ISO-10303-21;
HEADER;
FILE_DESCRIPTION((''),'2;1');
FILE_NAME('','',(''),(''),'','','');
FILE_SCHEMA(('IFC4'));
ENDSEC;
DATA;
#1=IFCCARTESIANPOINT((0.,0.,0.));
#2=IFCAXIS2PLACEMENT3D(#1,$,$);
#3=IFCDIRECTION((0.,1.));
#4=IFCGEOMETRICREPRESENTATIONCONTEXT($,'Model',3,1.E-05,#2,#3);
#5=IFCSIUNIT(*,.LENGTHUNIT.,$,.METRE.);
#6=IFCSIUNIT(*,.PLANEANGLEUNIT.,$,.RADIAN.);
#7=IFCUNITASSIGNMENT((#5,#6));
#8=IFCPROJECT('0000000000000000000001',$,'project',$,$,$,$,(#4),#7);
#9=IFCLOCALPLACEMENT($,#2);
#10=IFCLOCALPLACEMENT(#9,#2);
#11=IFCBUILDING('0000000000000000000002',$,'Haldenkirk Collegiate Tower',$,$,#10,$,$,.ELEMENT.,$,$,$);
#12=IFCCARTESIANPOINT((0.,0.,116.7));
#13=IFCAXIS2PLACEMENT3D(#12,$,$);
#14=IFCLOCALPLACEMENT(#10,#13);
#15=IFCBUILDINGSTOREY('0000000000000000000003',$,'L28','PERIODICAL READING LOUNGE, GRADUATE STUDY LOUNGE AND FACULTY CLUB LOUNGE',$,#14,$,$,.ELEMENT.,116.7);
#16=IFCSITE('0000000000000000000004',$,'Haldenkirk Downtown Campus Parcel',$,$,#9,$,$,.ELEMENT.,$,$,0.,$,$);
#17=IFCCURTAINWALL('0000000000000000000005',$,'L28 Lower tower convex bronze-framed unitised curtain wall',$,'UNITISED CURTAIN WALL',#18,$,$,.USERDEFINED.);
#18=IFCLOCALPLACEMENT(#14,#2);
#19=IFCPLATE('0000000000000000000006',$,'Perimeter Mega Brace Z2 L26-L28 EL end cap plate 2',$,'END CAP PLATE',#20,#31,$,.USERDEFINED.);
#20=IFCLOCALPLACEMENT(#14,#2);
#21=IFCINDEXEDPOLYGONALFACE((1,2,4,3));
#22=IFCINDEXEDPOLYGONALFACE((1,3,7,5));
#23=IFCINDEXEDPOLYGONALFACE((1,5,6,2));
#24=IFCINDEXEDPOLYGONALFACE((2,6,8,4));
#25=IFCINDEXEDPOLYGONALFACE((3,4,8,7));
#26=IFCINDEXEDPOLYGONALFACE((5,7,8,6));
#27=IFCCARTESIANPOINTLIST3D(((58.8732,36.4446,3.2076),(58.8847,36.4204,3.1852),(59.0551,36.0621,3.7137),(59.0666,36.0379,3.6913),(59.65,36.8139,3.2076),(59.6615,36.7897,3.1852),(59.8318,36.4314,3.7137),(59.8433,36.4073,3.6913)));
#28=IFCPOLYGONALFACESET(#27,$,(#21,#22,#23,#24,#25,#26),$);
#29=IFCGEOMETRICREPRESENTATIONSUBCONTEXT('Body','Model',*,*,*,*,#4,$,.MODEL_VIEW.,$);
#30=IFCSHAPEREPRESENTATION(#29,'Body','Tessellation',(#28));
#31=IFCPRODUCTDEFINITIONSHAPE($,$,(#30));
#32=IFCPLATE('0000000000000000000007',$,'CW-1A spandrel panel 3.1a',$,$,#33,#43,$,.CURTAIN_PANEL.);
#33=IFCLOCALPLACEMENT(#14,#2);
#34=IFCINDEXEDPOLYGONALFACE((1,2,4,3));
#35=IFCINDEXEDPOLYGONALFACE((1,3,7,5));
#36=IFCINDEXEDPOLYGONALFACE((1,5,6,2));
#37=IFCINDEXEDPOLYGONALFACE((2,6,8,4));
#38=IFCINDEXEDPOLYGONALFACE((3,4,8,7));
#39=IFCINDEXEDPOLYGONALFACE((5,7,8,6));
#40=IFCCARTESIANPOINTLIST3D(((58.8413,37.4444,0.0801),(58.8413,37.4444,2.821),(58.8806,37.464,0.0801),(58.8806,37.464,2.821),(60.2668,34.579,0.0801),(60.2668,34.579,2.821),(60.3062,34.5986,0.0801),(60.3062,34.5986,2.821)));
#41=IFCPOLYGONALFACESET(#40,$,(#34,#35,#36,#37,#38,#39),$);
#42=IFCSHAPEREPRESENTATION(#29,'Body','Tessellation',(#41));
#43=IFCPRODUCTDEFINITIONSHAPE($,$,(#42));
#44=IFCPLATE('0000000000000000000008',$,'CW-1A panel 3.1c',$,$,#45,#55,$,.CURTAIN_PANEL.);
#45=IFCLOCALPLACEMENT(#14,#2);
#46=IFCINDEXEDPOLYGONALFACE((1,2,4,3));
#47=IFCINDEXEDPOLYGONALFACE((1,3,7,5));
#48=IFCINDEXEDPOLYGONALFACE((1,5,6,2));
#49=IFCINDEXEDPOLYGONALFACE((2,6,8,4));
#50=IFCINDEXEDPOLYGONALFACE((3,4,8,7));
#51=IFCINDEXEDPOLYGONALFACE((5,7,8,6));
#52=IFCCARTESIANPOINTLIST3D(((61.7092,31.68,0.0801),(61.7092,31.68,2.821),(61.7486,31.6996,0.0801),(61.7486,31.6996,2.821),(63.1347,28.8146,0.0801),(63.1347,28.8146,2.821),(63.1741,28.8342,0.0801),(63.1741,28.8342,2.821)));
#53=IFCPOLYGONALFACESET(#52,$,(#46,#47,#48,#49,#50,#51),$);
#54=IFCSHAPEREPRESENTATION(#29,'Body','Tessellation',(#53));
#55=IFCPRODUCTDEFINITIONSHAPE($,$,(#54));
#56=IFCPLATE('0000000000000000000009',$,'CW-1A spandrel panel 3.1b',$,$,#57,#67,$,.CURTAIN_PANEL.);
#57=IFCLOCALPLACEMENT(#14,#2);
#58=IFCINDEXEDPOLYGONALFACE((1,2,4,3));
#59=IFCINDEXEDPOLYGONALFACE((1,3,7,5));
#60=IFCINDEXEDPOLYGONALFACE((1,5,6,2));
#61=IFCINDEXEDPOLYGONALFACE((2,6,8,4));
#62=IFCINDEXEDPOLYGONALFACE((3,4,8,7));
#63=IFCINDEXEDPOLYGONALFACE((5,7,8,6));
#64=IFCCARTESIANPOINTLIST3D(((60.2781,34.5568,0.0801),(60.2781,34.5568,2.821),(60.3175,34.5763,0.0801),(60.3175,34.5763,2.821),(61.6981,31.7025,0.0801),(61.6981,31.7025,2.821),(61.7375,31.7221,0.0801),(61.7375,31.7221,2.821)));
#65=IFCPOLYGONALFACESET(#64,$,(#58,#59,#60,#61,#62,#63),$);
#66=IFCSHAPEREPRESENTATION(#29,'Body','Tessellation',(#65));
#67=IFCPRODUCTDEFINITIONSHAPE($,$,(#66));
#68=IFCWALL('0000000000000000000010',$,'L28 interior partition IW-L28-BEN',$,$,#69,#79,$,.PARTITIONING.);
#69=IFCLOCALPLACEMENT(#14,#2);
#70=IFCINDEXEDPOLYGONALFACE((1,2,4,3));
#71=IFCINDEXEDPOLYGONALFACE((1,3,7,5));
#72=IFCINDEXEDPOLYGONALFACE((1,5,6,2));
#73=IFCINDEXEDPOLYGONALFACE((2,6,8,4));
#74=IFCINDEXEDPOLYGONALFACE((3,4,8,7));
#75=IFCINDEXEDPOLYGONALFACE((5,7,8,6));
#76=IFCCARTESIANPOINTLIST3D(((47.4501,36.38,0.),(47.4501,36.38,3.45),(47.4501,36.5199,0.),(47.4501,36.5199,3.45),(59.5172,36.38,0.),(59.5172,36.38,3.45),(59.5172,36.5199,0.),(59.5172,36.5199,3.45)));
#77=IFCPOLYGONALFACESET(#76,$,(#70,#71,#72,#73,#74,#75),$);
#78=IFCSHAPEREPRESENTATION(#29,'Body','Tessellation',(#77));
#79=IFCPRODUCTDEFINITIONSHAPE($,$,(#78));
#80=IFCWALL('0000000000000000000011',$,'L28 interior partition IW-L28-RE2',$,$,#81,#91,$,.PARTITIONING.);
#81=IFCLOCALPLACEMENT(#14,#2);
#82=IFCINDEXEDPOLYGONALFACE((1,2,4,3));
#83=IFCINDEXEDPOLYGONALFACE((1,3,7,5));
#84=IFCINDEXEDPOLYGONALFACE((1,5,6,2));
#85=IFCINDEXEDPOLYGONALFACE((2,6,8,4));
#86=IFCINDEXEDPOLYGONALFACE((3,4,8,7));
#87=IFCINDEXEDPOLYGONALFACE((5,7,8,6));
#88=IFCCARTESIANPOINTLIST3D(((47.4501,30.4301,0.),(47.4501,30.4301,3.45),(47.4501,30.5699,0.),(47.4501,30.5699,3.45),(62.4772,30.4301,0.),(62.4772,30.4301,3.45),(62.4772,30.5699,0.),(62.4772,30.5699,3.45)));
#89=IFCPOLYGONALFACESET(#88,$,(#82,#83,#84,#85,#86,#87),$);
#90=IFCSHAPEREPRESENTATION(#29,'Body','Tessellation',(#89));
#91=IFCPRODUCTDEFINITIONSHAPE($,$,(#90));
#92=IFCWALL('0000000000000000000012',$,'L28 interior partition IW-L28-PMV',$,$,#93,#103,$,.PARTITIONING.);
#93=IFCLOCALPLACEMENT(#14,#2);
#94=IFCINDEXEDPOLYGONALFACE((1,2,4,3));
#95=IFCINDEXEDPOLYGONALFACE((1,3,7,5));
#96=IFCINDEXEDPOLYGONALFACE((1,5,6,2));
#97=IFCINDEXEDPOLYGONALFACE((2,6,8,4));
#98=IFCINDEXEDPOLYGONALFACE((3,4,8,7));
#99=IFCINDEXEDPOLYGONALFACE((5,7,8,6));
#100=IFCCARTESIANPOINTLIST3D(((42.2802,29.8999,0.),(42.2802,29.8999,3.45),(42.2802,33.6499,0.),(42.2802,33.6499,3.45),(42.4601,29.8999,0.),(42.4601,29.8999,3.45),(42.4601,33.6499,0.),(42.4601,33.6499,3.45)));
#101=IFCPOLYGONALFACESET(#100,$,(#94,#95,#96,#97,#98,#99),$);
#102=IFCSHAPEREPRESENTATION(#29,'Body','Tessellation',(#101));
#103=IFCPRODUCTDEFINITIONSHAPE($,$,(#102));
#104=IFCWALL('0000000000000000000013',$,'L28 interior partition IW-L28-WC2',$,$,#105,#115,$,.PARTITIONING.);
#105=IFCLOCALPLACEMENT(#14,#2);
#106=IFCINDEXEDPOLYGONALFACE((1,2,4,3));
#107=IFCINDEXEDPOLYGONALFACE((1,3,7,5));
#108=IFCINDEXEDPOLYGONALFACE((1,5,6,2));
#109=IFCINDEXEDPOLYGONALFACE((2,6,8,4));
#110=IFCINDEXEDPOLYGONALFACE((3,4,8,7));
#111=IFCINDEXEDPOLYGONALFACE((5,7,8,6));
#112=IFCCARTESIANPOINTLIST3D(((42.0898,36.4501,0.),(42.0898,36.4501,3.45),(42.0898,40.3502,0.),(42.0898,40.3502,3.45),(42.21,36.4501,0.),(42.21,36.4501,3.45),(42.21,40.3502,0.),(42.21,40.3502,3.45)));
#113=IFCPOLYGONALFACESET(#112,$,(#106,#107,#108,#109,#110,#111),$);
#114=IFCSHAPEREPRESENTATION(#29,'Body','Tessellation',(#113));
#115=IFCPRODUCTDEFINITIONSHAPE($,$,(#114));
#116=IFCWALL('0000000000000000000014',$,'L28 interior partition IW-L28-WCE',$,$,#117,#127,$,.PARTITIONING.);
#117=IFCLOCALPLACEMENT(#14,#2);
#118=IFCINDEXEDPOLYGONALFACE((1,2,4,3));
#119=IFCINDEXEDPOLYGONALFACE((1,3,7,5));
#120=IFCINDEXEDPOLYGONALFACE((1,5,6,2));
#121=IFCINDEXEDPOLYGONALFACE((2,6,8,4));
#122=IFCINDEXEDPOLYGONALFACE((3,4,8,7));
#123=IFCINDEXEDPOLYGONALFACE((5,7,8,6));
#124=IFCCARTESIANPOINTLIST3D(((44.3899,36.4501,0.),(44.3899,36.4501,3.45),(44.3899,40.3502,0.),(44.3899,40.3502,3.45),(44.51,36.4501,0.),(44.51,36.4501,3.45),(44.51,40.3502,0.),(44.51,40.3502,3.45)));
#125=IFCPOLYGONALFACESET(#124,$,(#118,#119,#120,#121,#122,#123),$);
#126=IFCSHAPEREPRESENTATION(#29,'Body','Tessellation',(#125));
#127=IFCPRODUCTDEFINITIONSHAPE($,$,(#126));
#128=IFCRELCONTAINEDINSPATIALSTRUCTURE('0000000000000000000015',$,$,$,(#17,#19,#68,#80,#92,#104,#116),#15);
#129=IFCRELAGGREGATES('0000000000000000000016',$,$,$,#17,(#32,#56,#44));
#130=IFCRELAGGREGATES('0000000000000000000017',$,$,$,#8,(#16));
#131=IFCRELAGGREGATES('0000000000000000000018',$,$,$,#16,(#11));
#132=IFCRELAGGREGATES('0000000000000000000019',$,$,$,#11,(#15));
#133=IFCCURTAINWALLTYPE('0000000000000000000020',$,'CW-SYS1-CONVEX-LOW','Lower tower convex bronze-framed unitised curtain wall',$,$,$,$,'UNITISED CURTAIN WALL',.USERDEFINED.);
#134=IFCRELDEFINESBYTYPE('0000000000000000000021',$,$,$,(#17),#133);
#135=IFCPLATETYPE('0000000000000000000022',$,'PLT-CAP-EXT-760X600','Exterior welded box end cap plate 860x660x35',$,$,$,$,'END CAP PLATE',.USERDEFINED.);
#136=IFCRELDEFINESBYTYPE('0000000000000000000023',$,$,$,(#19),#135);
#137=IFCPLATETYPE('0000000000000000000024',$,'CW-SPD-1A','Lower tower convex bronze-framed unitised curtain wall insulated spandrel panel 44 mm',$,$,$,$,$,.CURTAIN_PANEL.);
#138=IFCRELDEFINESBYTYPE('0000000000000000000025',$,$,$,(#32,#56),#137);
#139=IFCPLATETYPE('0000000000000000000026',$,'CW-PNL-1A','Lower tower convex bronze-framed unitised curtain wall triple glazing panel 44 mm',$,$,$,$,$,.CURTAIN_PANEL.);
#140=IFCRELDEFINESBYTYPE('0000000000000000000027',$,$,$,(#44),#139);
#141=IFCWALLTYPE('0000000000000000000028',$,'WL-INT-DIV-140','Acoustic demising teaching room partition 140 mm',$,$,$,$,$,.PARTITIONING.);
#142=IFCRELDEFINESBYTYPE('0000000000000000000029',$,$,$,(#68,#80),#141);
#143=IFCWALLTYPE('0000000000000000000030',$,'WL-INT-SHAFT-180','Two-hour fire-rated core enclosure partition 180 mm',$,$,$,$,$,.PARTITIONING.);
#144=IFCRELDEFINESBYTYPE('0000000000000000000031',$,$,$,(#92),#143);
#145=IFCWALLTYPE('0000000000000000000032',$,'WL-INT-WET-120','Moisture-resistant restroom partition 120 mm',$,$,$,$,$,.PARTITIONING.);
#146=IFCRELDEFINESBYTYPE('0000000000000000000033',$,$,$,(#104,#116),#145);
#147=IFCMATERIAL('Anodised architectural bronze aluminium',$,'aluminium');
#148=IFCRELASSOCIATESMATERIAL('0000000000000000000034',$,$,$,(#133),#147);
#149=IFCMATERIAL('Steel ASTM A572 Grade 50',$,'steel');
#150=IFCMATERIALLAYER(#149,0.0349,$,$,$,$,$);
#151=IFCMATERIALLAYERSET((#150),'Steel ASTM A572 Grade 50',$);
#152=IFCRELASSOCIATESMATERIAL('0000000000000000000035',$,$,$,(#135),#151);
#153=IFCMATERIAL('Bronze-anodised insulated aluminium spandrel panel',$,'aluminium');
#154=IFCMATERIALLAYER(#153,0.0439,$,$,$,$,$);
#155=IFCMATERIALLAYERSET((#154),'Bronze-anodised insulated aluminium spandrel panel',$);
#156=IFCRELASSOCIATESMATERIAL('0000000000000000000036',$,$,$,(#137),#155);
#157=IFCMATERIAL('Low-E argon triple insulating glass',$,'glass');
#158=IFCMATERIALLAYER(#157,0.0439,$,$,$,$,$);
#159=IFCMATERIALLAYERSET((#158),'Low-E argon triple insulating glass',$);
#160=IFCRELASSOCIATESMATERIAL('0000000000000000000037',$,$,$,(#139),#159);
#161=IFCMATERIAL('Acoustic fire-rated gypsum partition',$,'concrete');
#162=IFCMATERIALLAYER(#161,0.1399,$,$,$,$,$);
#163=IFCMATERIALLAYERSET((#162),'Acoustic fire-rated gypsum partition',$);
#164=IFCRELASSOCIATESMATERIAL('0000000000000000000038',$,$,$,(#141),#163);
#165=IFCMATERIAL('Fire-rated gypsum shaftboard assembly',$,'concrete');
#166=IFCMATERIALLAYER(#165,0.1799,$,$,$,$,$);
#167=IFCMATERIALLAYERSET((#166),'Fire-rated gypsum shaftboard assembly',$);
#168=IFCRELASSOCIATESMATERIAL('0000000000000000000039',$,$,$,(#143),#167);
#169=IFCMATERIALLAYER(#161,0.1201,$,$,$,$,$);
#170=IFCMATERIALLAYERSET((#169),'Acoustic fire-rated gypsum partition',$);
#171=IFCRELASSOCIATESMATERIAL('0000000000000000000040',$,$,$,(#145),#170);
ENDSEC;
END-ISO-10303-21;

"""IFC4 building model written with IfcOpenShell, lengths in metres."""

from ifc_helpers import new_model, si_unit, direction, frame, frame_2d, origin, origin_2d, place, context, subcontext, project, spatial, rectangle, extrude, source, transform, mapped, material, layer, layer_set, type_object, element, aggregate, save


model = new_model("IFC4")

# Units and contexts
model_context = context("Model", 3, precision=1e-05, world=origin(), true_north=direction((0.0, 1.0)))
body_context = subcontext(model_context, "Body", "Model", "MODEL_VIEW")
ifc_project = project(units=[si_unit("LENGTHUNIT", "METRE"), si_unit("PLANEANGLEUNIT", "RADIAN")], contexts=[model_context])

# Site, building, storey
site_placement = place(None, origin())
site = spatial("IfcSite", under=ifc_project, at=site_placement, Name="Haldenkirk Downtown Campus Parcel", CompositionType="ELEMENT", RefElevation=0.0)
building_placement = place(site_placement, origin())
building = spatial("IfcBuilding", under=site, at=building_placement, Name="Haldenkirk Collegiate Tower", CompositionType="ELEMENT")
storey_placement = place(building_placement, frame((0.0, 0.0, 116.7)))
storey = spatial("IfcBuildingStorey", under=building, at=storey_placement, Name="L28", Description="PERIODICAL READING LOUNGE, GRADUATE STUDY LOUNGE AND FACULTY CLUB LOUNGE", CompositionType="ELEMENT", Elevation=116.7)

# Curtain wall
ifc_material_1 = material(Name="Anodised architectural bronze aluminium", Category="aluminium")
curtain_wall_type = type_object("IfcCurtainWallType", Name="CW-SYS1-CONVEX-LOW", Description="Lower tower convex bronze-framed unitised curtain wall", ElementType="UNITISED CURTAIN WALL", PredefinedType="USERDEFINED", material=ifc_material_1)
curtain_wall_placement = place(storey_placement, origin())
curtain_wall = element("IfcCurtainWall", 1, at=curtain_wall_placement, inside=storey, type_object=curtain_wall_type, Name="L28 Lower tower convex bronze-framed unitised curtain wall", ObjectType="UNITISED CURTAIN WALL", PredefinedType="USERDEFINED")

# Plates
ifc_material_2 = material(Name="Steel ASTM A572 Grade 50", Category="steel")
ifc_layer_1 = layer(ifc_material_2, 0.0349)
ifc_layer_set_1 = layer_set([ifc_layer_1], Name="Steel ASTM A572 Grade 50")
plate_type_1 = type_object("IfcPlateType", Name="PLT-CAP-EXT-760X600", Description="Exterior welded box end cap plate 860x660x35", ElementType="END CAP PLATE", PredefinedType="USERDEFINED", material=ifc_layer_set_1)
shared_shape_1 = source(origin(), body_context, "Body", "SweptSolid", [
    extrude(rectangle(XDim=0.8601, YDim=0.6599, at=origin_2d()), origin(), (0.0, 0.0, 1.0), 0.0349),
])
plate_1_placement = place(storey_placement, frame((59.364, 36.4138, 3.4382), z_axis=(-0.329324, 0.692595, 0.641762), x_axis=(-0.903105, -0.42942, 0.0)))
element("IfcPlate", 2, at=plate_1_placement, inside=storey, type_object=plate_type_1, Name="Perimeter Mega Brace Z2 L26-L28 EL end cap plate 2", ObjectType="END CAP PLATE", PredefinedType="USERDEFINED", context=body_context, shape_type="MappedRepresentation", body=[
    mapped(shared_shape_1, transform((0.0, 0.0, 0.0), x_axis=(1.0, 0.0, 0.0), y_axis=(0.0, 1.0, 0.0), z_axis=(0.0, 0.0, 1.0), scale=1.0)),
])
ifc_material_3 = material(Name="Bronze-anodised insulated aluminium spandrel panel", Category="aluminium")
ifc_layer_2 = layer(ifc_material_3, 0.0439)
ifc_layer_set_2 = layer_set([ifc_layer_2], Name="Bronze-anodised insulated aluminium spandrel panel")
plate_type_2 = type_object("IfcPlateType", Name="CW-SPD-1A", Description="Lower tower convex bronze-framed unitised curtain wall insulated spandrel panel 44 mm", PredefinedType="CURTAIN_PANEL", material=ifc_layer_set_2)
shared_shape_2 = source(origin(), body_context, "Body", "SweptSolid", [
    extrude(rectangle(XDim=3.2004, YDim=0.0439, at=origin_2d()), origin(), (0.0, 0.0, 1.0), 2.741),
])
plate_2_placement = place(storey_placement, frame((59.5737, 36.0215, 0.0801), z_axis=(0.0, 0.0, 1.0), x_axis=(0.445416, -0.895324, 0.0)))
plate_2 = element("IfcPlate", 3, at=plate_2_placement, type_object=plate_type_2, Name="CW-1A spandrel panel 3.1a", PredefinedType="CURTAIN_PANEL", context=body_context, shape_type="MappedRepresentation", body=[
    mapped(shared_shape_2, transform((0.0, 0.0, 0.0), x_axis=(1.0, 0.0, 0.0), y_axis=(0.0, 1.0, 0.0), z_axis=(0.0, 0.0, 1.0), scale=1.0)),
])
ifc_material_4 = material(Name="Low-E argon triple insulating glass", Category="glass")
ifc_layer_3 = layer(ifc_material_4, 0.0439)
ifc_layer_set_3 = layer_set([ifc_layer_3], Name="Low-E argon triple insulating glass")
plate_type_3 = type_object("IfcPlateType", Name="CW-PNL-1A", Description="Lower tower convex bronze-framed unitised curtain wall triple glazing panel 44 mm", PredefinedType="CURTAIN_PANEL", material=ifc_layer_set_3)
plate_3_placement = place(storey_placement, frame((62.4417, 30.2571, 0.0801), z_axis=(0.0, 0.0, 1.0), x_axis=(0.445416, -0.895324, 0.0)))
plate_3 = element("IfcPlate", 4, at=plate_3_placement, type_object=plate_type_3, Name="CW-1A panel 3.1c", PredefinedType="CURTAIN_PANEL", context=body_context, shape_type="MappedRepresentation", body=[
    mapped(shared_shape_2, transform((0.0, 0.0, 0.0), x_axis=(1.0, 0.0, 0.0), y_axis=(0.0, 1.0, 0.0), z_axis=(0.0, 0.0, 1.0), scale=1.0)),
])
shared_shape_3 = source(origin(), body_context, "Body", "SweptSolid", [
    extrude(rectangle(XDim=3.188, YDim=0.0439, at=origin_2d()), origin(), (0.0, 0.0, 1.0), 2.741),
])
plate_4_placement = place(storey_placement, frame((61.0078, 33.1394, 0.0801), z_axis=(0.0, 0.0, 1.0), x_axis=(0.445416, -0.895324, 0.0)))
plate_4 = element("IfcPlate", 5, at=plate_4_placement, type_object=plate_type_2, Name="CW-1A spandrel panel 3.1b", PredefinedType="CURTAIN_PANEL", context=body_context, shape_type="MappedRepresentation", body=[
    mapped(shared_shape_3, transform((0.0, 0.0, 0.0), x_axis=(1.0, 0.0, 0.0), y_axis=(0.0, 1.0, 0.0), z_axis=(0.0, 0.0, 1.0), scale=1.0)),
])
aggregate(curtain_wall, [plate_2, plate_4, plate_3])

# Walls
ifc_material_5 = material(Name="Acoustic fire-rated gypsum partition", Category="concrete")
ifc_layer_4 = layer(ifc_material_5, 0.1399)
ifc_layer_set_4 = layer_set([ifc_layer_4], Name="Acoustic fire-rated gypsum partition")
wall_type_1 = type_object("IfcWallType", Name="WL-INT-DIV-140", Description="Acoustic demising teaching room partition 140 mm", PredefinedType="PARTITIONING", material=ifc_layer_set_4)
wall_1_placement = place(storey_placement, frame((47.45, 36.45, 0.0), z_axis=(0.0, 0.0, 1.0), x_axis=(1.0, 0.0, 0.0)))
element("IfcWall", 6, at=wall_1_placement, inside=storey, type_object=wall_type_1, Name="L28 interior partition IW-L28-BEN", PredefinedType="PARTITIONING", context=body_context, shape_type="SweptSolid", body=[
    extrude(rectangle(XDim=12.0671, YDim=0.1399, at=frame_2d((6.0337, 0.0))), origin(), (0.0, 0.0, 1.0), 3.45),
])
wall_2_placement = place(storey_placement, frame((47.45, 30.5, 0.0), z_axis=(0.0, 0.0, 1.0), x_axis=(1.0, 0.0, 0.0)))
element("IfcWall", 7, at=wall_2_placement, inside=storey, type_object=wall_type_1, Name="L28 interior partition IW-L28-RE2", PredefinedType="PARTITIONING", context=body_context, shape_type="SweptSolid", body=[
    extrude(rectangle(XDim=15.0271, YDim=0.1399, at=frame_2d((7.5137, 0.0))), origin(), (0.0, 0.0, 1.0), 3.45),
])
ifc_material_6 = material(Name="Fire-rated gypsum shaftboard assembly", Category="concrete")
ifc_layer_5 = layer(ifc_material_6, 0.1799)
ifc_layer_set_5 = layer_set([ifc_layer_5], Name="Fire-rated gypsum shaftboard assembly")
wall_type_2 = type_object("IfcWallType", Name="WL-INT-SHAFT-180", Description="Two-hour fire-rated core enclosure partition 180 mm", PredefinedType="PARTITIONING", material=ifc_layer_set_5)
wall_3_placement = place(storey_placement, frame((42.3701, 29.8999, 0.0), z_axis=(0.0, 0.0, 1.0), x_axis=(0.0, 1.0, 0.0)))
element("IfcWall", 8, at=wall_3_placement, inside=storey, type_object=wall_type_2, Name="L28 interior partition IW-L28-PMV", PredefinedType="PARTITIONING", context=body_context, shape_type="SweptSolid", body=[
    extrude(rectangle(XDim=3.75, YDim=0.1799, at=frame_2d((1.875, 0.0))), origin(), (0.0, 0.0, 1.0), 3.45),
])
ifc_layer_6 = layer(ifc_material_5, 0.1201)
ifc_layer_set_6 = layer_set([ifc_layer_6], Name="Acoustic fire-rated gypsum partition")
wall_type_3 = type_object("IfcWallType", Name="WL-INT-WET-120", Description="Moisture-resistant restroom partition 120 mm", PredefinedType="PARTITIONING", material=ifc_layer_set_6)
for number, where, z_axis, x_axis, name in (
    (9, (42.1499, 36.45, 0.0), (0.0, 0.0, 1.0), (0.0, 1.0, 0.0), "L28 interior partition IW-L28-WC2"),
    (10, (44.45, 36.45, 0.0), (0.0, 0.0, 1.0), (0.0, 1.0, 0.0), "L28 interior partition IW-L28-WCE"),
):
    element("IfcWall", number, at=place(storey_placement, frame(where, z_axis=z_axis, x_axis=x_axis)), inside=storey, type_object=wall_type_3, Name=name, PredefinedType="PARTITIONING", context=body_context, shape_type="SweptSolid", body=[
        extrude(rectangle(XDim=3.9001, YDim=0.1201, at=frame_2d((1.9502, 0.0))), origin(), (0.0, 0.0, 1.0), 3.45),
    ])

save(model, "model.ifc")
